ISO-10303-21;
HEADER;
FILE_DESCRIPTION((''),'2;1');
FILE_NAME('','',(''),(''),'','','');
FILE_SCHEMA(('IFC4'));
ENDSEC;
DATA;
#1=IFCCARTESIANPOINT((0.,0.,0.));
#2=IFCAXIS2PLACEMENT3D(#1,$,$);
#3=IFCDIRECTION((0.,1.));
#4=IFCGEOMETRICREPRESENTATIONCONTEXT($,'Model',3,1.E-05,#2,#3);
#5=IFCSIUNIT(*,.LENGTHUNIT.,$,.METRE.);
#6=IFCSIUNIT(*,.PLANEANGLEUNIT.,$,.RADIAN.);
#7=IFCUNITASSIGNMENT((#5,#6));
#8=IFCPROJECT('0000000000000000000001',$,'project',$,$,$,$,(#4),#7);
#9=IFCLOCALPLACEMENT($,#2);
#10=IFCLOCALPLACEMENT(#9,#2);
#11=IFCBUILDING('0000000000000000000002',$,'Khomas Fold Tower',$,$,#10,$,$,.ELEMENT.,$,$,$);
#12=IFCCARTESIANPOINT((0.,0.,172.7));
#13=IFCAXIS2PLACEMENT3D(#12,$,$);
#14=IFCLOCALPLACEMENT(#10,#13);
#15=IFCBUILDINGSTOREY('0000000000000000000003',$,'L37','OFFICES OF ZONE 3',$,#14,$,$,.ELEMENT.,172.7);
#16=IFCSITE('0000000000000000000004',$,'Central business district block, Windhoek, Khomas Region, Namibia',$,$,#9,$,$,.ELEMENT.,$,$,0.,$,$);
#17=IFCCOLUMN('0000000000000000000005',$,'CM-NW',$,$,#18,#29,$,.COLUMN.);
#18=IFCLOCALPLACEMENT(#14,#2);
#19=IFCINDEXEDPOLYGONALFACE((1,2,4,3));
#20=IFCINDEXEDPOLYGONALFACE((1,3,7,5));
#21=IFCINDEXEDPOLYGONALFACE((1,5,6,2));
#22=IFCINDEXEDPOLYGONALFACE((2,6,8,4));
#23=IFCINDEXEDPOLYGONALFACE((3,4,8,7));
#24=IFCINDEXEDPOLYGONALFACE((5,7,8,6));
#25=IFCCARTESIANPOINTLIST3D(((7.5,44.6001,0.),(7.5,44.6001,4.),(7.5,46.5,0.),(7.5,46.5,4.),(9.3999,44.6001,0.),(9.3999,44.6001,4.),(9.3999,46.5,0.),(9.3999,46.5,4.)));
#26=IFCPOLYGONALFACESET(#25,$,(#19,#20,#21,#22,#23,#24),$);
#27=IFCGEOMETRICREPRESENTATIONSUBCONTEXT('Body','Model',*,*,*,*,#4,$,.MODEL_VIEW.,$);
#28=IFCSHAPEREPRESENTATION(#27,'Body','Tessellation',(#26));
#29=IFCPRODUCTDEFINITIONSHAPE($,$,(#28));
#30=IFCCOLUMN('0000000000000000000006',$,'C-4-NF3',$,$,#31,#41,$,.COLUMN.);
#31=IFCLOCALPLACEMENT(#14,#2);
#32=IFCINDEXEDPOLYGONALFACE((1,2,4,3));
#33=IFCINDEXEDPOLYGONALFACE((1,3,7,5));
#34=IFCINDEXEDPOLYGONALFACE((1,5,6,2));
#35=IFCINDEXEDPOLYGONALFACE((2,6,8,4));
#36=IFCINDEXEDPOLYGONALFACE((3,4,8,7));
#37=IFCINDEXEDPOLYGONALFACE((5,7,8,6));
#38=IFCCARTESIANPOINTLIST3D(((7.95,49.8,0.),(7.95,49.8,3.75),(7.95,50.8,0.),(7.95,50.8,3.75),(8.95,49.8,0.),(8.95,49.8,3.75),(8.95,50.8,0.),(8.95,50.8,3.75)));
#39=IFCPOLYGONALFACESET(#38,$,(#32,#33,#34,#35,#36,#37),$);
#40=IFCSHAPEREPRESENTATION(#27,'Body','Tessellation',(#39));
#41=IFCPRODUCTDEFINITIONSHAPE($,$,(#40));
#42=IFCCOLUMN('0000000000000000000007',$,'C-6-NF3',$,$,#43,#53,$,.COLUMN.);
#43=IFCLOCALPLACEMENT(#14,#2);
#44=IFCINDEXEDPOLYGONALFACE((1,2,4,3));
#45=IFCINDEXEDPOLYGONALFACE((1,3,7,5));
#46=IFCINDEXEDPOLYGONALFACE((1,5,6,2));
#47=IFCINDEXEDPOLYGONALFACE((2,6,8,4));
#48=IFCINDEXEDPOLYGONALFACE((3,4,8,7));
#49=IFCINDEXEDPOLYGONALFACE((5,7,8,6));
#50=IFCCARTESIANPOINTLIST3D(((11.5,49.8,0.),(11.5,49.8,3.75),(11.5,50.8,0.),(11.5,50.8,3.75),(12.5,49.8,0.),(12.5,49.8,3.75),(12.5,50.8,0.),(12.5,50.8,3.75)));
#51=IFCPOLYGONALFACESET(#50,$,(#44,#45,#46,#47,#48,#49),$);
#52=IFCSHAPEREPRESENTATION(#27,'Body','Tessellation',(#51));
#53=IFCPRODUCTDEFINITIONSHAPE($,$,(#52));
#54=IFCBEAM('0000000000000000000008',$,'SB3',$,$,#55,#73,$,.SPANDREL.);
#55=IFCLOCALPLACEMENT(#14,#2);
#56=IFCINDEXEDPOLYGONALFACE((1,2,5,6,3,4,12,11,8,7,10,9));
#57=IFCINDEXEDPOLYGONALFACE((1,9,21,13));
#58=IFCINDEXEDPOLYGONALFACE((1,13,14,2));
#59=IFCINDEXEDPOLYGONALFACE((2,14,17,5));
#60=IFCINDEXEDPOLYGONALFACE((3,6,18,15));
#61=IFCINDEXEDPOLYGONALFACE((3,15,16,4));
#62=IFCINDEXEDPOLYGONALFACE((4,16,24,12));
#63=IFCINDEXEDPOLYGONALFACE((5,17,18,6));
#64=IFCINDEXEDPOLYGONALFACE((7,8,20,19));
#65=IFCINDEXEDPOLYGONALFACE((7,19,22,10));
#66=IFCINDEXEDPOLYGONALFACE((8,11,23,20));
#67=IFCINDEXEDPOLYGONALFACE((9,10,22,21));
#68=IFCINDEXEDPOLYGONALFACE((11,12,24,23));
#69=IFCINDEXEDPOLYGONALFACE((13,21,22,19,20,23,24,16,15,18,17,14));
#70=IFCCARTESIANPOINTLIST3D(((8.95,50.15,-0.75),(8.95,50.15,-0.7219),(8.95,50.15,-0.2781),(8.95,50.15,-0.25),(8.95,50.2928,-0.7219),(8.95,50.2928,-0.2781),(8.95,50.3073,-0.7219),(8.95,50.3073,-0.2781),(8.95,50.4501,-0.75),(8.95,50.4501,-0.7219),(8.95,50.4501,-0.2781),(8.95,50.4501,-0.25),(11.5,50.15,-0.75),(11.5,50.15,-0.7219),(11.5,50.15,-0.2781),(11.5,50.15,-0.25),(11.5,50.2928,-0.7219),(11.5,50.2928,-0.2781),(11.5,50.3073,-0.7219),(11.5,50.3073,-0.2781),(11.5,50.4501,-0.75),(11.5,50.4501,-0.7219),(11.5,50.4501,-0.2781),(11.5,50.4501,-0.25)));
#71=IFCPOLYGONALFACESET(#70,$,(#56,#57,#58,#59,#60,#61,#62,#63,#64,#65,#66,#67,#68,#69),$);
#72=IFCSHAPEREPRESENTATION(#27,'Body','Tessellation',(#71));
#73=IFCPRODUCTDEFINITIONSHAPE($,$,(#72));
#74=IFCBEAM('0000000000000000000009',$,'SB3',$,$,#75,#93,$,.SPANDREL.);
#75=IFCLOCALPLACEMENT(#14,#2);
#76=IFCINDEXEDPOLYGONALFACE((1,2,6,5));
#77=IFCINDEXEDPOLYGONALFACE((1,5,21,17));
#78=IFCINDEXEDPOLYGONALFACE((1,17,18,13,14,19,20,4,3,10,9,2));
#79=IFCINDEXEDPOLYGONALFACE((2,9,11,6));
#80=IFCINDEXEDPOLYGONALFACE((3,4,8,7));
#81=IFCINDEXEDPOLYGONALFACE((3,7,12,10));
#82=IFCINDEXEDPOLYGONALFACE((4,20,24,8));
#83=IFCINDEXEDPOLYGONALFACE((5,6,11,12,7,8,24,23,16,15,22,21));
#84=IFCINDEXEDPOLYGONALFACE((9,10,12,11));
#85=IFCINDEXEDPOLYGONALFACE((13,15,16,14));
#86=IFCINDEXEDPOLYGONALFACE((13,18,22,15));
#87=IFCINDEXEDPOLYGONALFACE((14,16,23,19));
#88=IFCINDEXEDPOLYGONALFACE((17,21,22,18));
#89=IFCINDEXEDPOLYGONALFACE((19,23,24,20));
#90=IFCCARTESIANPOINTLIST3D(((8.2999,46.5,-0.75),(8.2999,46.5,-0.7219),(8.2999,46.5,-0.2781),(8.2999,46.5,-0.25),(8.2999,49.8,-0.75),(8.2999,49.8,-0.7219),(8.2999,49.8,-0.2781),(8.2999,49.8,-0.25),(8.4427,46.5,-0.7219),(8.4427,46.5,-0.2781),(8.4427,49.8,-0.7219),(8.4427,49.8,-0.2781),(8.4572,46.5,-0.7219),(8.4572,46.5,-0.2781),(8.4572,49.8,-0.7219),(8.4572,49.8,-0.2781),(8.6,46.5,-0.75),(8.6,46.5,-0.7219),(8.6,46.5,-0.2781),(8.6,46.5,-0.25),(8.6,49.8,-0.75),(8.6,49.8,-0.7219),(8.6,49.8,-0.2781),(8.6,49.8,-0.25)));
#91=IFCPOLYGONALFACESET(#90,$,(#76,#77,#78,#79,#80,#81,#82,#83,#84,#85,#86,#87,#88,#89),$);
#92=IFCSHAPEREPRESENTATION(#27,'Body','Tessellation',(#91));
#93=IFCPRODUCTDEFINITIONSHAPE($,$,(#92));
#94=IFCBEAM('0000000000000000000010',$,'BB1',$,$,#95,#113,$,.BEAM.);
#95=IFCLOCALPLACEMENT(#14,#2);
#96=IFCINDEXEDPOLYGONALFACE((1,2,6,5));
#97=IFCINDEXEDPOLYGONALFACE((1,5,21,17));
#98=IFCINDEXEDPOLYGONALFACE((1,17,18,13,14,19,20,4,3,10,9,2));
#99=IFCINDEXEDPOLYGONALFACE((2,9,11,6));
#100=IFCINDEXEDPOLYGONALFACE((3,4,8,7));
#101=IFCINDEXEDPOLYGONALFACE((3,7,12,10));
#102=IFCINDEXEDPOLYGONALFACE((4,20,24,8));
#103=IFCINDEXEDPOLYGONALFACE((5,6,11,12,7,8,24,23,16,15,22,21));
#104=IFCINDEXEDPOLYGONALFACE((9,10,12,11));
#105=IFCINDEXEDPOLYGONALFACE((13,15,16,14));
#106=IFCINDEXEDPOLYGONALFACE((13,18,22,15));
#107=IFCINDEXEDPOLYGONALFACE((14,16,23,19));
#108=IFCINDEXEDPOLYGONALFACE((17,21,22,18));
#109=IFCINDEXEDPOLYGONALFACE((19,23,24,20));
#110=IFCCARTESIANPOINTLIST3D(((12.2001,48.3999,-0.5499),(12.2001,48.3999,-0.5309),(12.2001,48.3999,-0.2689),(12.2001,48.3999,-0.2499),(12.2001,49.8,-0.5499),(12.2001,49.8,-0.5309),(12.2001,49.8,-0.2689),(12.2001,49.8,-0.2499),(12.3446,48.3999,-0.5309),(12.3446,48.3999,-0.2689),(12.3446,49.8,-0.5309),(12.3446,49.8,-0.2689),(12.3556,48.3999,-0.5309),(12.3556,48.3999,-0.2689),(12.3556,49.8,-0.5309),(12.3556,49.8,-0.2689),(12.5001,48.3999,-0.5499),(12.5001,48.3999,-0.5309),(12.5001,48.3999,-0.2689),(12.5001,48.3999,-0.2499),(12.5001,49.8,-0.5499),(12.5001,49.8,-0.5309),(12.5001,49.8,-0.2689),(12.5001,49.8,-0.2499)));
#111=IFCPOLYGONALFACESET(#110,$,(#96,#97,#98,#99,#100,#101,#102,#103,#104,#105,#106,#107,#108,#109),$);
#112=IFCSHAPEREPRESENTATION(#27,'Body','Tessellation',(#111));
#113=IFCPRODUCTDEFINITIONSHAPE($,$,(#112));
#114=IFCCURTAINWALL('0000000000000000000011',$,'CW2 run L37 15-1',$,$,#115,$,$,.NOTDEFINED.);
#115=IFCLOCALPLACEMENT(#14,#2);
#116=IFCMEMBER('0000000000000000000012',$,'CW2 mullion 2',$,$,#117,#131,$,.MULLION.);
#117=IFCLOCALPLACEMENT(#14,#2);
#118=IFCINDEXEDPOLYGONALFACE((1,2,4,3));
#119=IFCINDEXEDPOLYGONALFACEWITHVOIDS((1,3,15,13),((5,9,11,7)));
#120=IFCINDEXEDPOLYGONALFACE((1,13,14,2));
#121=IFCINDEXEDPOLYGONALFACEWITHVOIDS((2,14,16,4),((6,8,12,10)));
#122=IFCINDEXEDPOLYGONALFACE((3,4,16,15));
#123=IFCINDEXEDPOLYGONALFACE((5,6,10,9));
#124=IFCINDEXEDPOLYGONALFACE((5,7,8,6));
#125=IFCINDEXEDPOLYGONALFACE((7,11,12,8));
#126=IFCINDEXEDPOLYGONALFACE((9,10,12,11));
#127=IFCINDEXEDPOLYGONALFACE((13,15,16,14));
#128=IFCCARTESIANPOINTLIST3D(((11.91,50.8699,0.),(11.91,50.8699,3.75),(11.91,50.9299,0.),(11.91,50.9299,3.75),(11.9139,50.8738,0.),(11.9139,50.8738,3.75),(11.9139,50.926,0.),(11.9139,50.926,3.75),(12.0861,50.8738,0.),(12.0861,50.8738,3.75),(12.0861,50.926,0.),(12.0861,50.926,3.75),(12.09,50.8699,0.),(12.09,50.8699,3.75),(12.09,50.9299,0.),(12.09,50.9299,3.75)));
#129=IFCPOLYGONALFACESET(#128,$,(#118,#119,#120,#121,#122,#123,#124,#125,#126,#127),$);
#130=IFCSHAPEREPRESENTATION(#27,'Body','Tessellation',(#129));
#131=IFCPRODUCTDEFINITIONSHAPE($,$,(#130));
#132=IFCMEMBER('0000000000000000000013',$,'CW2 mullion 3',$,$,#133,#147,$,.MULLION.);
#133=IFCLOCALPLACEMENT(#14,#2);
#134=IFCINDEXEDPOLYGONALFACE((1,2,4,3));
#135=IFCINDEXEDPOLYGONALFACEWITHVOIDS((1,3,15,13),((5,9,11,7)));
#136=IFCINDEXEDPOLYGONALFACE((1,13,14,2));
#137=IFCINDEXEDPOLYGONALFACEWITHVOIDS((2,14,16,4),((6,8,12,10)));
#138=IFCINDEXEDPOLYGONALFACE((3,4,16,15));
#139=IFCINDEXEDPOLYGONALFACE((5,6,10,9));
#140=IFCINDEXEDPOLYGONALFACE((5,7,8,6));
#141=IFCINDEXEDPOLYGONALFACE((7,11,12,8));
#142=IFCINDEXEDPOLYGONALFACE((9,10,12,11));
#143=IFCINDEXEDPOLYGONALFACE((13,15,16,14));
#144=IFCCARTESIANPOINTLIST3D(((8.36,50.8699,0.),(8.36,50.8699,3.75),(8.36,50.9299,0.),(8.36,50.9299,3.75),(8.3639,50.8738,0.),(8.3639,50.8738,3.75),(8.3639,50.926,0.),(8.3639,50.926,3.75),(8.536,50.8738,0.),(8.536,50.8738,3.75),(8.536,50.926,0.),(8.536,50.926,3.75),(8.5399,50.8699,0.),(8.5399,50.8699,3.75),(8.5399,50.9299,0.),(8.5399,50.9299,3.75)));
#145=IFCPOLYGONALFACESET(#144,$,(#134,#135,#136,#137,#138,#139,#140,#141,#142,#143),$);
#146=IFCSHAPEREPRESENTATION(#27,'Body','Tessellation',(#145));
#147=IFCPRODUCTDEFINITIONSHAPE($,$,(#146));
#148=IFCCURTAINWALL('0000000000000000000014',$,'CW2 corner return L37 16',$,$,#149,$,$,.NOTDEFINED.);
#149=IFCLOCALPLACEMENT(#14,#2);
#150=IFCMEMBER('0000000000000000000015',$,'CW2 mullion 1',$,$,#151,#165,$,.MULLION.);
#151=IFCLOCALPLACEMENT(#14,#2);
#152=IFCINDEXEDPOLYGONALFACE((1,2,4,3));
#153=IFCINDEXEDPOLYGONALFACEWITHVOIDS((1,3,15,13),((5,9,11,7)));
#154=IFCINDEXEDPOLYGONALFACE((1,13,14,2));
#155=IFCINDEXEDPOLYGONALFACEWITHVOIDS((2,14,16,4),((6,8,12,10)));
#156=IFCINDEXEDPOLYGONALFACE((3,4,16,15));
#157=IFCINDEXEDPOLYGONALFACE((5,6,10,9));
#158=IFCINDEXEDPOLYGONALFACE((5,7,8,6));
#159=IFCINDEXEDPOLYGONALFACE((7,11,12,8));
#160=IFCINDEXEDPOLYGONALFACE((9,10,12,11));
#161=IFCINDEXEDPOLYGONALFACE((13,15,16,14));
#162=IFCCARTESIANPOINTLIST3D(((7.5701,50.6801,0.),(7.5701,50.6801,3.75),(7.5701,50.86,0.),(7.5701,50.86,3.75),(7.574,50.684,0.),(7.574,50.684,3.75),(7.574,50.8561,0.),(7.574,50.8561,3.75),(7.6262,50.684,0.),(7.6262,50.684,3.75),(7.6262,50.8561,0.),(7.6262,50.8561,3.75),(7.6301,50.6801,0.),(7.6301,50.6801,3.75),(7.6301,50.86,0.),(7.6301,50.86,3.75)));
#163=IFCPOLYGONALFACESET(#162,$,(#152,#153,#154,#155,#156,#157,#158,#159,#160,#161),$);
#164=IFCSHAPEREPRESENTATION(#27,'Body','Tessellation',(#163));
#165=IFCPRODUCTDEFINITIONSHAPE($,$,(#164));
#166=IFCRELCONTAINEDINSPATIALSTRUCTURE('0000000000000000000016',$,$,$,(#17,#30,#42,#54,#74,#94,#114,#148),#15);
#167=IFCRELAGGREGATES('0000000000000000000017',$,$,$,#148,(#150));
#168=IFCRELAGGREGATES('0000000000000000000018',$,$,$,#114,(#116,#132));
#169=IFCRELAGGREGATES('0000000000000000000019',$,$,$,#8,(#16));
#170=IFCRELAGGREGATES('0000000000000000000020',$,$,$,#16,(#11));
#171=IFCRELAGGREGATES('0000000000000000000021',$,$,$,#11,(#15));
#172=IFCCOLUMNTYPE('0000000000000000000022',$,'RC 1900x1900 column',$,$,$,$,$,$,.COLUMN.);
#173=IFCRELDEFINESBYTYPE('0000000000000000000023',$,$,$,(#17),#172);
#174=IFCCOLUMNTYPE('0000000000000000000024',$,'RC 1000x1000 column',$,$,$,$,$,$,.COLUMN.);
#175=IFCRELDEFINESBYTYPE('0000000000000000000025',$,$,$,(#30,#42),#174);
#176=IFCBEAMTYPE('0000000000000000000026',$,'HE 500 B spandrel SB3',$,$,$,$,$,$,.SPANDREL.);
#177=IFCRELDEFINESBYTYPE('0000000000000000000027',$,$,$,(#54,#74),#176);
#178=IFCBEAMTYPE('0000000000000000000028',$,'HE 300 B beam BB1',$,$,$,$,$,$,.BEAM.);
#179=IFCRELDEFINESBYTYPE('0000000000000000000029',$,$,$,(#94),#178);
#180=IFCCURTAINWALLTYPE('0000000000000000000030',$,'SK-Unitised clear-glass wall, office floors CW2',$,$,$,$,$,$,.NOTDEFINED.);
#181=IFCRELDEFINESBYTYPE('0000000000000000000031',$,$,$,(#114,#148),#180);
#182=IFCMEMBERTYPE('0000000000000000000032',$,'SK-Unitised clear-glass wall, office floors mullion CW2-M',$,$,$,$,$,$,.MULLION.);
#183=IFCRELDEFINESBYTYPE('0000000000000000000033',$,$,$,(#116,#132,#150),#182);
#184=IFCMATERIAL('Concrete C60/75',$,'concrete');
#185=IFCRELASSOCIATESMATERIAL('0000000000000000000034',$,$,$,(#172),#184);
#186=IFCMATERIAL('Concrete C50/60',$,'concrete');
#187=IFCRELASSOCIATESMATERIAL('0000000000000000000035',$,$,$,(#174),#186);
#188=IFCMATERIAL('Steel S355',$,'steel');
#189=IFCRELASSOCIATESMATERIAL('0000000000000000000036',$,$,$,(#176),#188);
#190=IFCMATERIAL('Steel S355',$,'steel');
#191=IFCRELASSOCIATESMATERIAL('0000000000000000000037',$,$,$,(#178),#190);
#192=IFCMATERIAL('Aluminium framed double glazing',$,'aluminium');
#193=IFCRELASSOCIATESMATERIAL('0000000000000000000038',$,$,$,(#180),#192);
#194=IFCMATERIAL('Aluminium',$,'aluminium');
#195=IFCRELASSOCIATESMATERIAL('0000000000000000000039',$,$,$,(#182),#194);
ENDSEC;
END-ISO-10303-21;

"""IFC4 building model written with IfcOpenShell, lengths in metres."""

from ifc_helpers import new_model, si_unit, direction, frame, origin, origin_2d, place, context, subcontext, project, spatial, rectangle, hollow_rectangle, i_section, extrude, source, transform, mapped, material, material_profile, profile_set, type_object, element, aggregate, save


model = new_model("IFC4")

# Units and contexts
model_context = context("Model", 3, precision=1e-05, world=origin(), true_north=direction((0.0, 1.0)))
body_context = subcontext(model_context, "Body", "Model", "MODEL_VIEW")
ifc_project = project(units=[si_unit("LENGTHUNIT", "METRE"), si_unit("PLANEANGLEUNIT", "RADIAN")], contexts=[model_context])

# Site, building, storey
site_placement = place(None, origin())
site = spatial("IfcSite", under=ifc_project, at=site_placement, Name="Central business district block, Windhoek, Khomas Region, Namibia", CompositionType="ELEMENT", RefElevation=0.0)
building_placement = place(site_placement, origin())
building = spatial("IfcBuilding", under=site, at=building_placement, Name="Khomas Fold Tower", CompositionType="ELEMENT")
storey_placement = place(building_placement, frame((0.0, 0.0, 172.7)))
storey = spatial("IfcBuildingStorey", under=building, at=storey_placement, Name="L37", Description="OFFICES OF ZONE 3", CompositionType="ELEMENT", Elevation=172.7)

# Columns
ifc_material_1 = material(Name="Concrete C60/75", Category="concrete")
ifc_material_profile_1 = material_profile(ifc_material_1, rectangle(XDim=1.8999, YDim=1.8999, at=origin_2d()), Name="RC 1900x1900")
ifc_profile_set_1 = profile_set([ifc_material_profile_1], Name="Concrete C60/75")
column_type_1 = type_object("IfcColumnType", Name="RC 1900x1900 column", PredefinedType="COLUMN", material=ifc_profile_set_1)
shared_shape_1 = source(origin(), body_context, "Body", "SweptSolid", [
    extrude(rectangle(XDim=1.8999, YDim=1.8999, at=origin_2d()), origin(), (0.0, 0.0, 1.0), 4.0),
])
column_placement = place(storey_placement, frame((8.45, 45.55, 0.0), z_axis=(0.0, 0.0, 1.0), x_axis=(1.0, 0.0, 0.0)))
element("IfcColumn", 1, at=column_placement, inside=storey, type_object=column_type_1, Name="CM-NW", PredefinedType="COLUMN", context=body_context, shape_type="MappedRepresentation", body=[
    mapped(shared_shape_1, transform((0.0, 0.0, 0.0))),
])
ifc_material_2 = material(Name="Concrete C50/60", Category="concrete")
ifc_material_profile_2 = material_profile(ifc_material_2, rectangle(XDim=1.0, YDim=1.0, at=origin_2d()), Name="RC 1000x1000")
ifc_profile_set_2 = profile_set([ifc_material_profile_2], Name="Concrete C50/60")
column_type_2 = type_object("IfcColumnType", Name="RC 1000x1000 column", PredefinedType="COLUMN", material=ifc_profile_set_2)
shared_shape_2 = source(origin(), body_context, "Body", "SweptSolid", [
    extrude(rectangle(XDim=1.0, YDim=1.0, at=origin_2d()), origin(), (0.0, 0.0, 1.0), 3.75),
])
for number, where, z_axis, x_axis, name in (
    (2, (8.45, 50.3, 0.0), (0.0, 0.0, 1.0), (1.0, 0.0, 0.0), "C-4-NF3"),
    (3, (12.0, 50.3, 0.0), (0.0, 0.0, 1.0), (1.0, 0.0, 0.0), "C-6-NF3"),
):
    element("IfcColumn", number, at=place(storey_placement, frame(where, z_axis=z_axis, x_axis=x_axis)), inside=storey, type_object=column_type_2, Name=name, PredefinedType="COLUMN", context=body_context, shape_type="MappedRepresentation", body=[
        mapped(shared_shape_2, transform((0.0, 0.0, 0.0))),
    ])

# Beams
ifc_material_3 = material(Name="Steel S355", Category="steel")
ifc_material_profile_3 = material_profile(ifc_material_3, i_section(OverallWidth=0.3, OverallDepth=0.5, WebThickness=0.0144, FlangeThickness=0.0281, at=origin_2d()), Name="HE 500 B")
ifc_profile_set_3 = profile_set([ifc_material_profile_3], Name="Steel S355")
beam_type_1 = type_object("IfcBeamType", Name="HE 500 B spandrel SB3", PredefinedType="SPANDREL", material=ifc_profile_set_3)
shared_shape_3 = source(origin(), body_context, "Body", "SweptSolid", [
    extrude(i_section(OverallWidth=0.3, OverallDepth=0.5, WebThickness=0.0144, FlangeThickness=0.0281, at=origin_2d()), origin(), (0.0, 0.0, 1.0), 2.55),
])
beam_1_placement = place(storey_placement, frame((8.95, 50.3, -0.5), z_axis=(1.0, 0.0, 0.0), x_axis=(0.0, 1.0, 0.0)))
element("IfcBeam", 4, at=beam_1_placement, inside=storey, type_object=beam_type_1, Name="SB3", PredefinedType="SPANDREL", context=body_context, shape_type="MappedRepresentation", body=[
    mapped(shared_shape_3, transform((0.0, 0.0, 0.0))),
])
shared_shape_4 = source(origin(), body_context, "Body", "SweptSolid", [
    extrude(i_section(OverallWidth=0.3, OverallDepth=0.5, WebThickness=0.0144, FlangeThickness=0.0281, at=origin_2d()), origin(), (0.0, 0.0, 1.0), 3.3),
])
beam_2_placement = place(storey_placement, frame((8.45, 46.5, -0.5), z_axis=(0.0, 1.0, 0.0), x_axis=(-1.0, 0.0, 0.0)))
element("IfcBeam", 5, at=beam_2_placement, inside=storey, type_object=beam_type_1, Name="SB3", PredefinedType="SPANDREL", context=body_context, shape_type="MappedRepresentation", body=[
    mapped(shared_shape_4, transform((0.0, 0.0, 0.0))),
])
ifc_material_4 = material(Name="Steel S355", Category="steel")
ifc_material_profile_4 = material_profile(ifc_material_4, i_section(OverallWidth=0.3, OverallDepth=0.3, WebThickness=0.011, FlangeThickness=0.019, at=origin_2d()), Name="HE 300 B")
ifc_profile_set_4 = profile_set([ifc_material_profile_4], Name="Steel S355")
beam_type_2 = type_object("IfcBeamType", Name="HE 300 B beam BB1", PredefinedType="BEAM", material=ifc_profile_set_4)
shared_shape_5 = source(origin(), body_context, "Body", "SweptSolid", [
    extrude(i_section(OverallWidth=0.3, OverallDepth=0.3, WebThickness=0.011, FlangeThickness=0.019, at=origin_2d()), origin(), (0.0, 0.0, 1.0), 1.4001),
])
beam_3_placement = place(storey_placement, frame((12.3501, 48.3999, -0.3999), z_axis=(0.0, 1.0, 0.0), x_axis=(-1.0, 0.0, 0.0)))
element("IfcBeam", 6, at=beam_3_placement, inside=storey, type_object=beam_type_2, Name="BB1", PredefinedType="BEAM", context=body_context, shape_type="MappedRepresentation", body=[
    mapped(shared_shape_5, transform((0.0, 0.0, 0.0))),
])

# Curtain wall, members
ifc_material_5 = material(Name="Aluminium framed double glazing", Category="aluminium")
curtain_wall_type = type_object("IfcCurtainWallType", Name="SK-Unitised clear-glass wall, office floors CW2", PredefinedType="NOTDEFINED", material=ifc_material_5)
curtain_wall_1_placement = place(storey_placement, origin())
curtain_wall_1 = element("IfcCurtainWall", 7, at=curtain_wall_1_placement, inside=storey, type_object=curtain_wall_type, Name="CW2 run L37 15-1", PredefinedType="NOTDEFINED")
ifc_material_6 = material(Name="Aluminium", Category="aluminium")
ifc_material_profile_5 = material_profile(ifc_material_6, hollow_rectangle(XDim=0.0601, YDim=0.1799, WallThickness=0.0039, at=origin_2d()), Name="SK-Unitised clear-glass wall, office floors mullion CW2-M")
ifc_profile_set_5 = profile_set([ifc_material_profile_5], Name="Aluminium")
member_type_1 = type_object("IfcMemberType", Name="SK-Unitised clear-glass wall, office floors mullion CW2-M", PredefinedType="MULLION", material=ifc_profile_set_5)
shared_shape_6 = source(origin(), body_context, "Body", "SweptSolid", [
    extrude(hollow_rectangle(XDim=0.0601, YDim=0.1799, WallThickness=0.0039, at=origin_2d()), origin(), (0.0, 0.0, 1.0), 3.75),
])
member_1_placement = place(storey_placement, frame((12.0, 50.8999, 0.0), z_axis=(0.0, 0.0, 1.0), x_axis=(0.0, -1.0, 0.0)))
member_1 = element("IfcMember", 8, at=member_1_placement, type_object=member_type_1, Name="CW2 mullion 2", PredefinedType="MULLION", context=body_context, shape_type="MappedRepresentation", body=[
    mapped(shared_shape_6, transform((0.0, 0.0, 0.0))),
])
member_2_placement = place(storey_placement, frame((8.45, 50.8999, 0.0), z_axis=(0.0, 0.0, 1.0), x_axis=(0.0, -1.0, 0.0)))
member_2 = element("IfcMember", 9, at=member_2_placement, type_object=member_type_1, Name="CW2 mullion 3", PredefinedType="MULLION", context=body_context, shape_type="MappedRepresentation", body=[
    mapped(shared_shape_6, transform((0.0, 0.0, 0.0))),
])

# Curtain wall, member
curtain_wall_2_placement = place(storey_placement, origin())
curtain_wall_2 = element("IfcCurtainWall", 10, at=curtain_wall_2_placement, inside=storey, type_object=curtain_wall_type, Name="CW2 corner return L37 16", PredefinedType="NOTDEFINED")
member_3_placement = place(storey_placement, frame((7.6001, 50.77, 0.0), z_axis=(0.0, 0.0, 1.0), x_axis=(1.0, 0.0, 0.0)))
member_3 = element("IfcMember", 11, at=member_3_placement, type_object=member_type_1, Name="CW2 mullion 1", PredefinedType="MULLION", context=body_context, shape_type="MappedRepresentation", body=[
    mapped(shared_shape_6, transform((0.0, 0.0, 0.0))),
])
aggregate(curtain_wall_2, [member_3])

aggregate(curtain_wall_1, [member_1, member_2])

save(model, "model.ifc")
